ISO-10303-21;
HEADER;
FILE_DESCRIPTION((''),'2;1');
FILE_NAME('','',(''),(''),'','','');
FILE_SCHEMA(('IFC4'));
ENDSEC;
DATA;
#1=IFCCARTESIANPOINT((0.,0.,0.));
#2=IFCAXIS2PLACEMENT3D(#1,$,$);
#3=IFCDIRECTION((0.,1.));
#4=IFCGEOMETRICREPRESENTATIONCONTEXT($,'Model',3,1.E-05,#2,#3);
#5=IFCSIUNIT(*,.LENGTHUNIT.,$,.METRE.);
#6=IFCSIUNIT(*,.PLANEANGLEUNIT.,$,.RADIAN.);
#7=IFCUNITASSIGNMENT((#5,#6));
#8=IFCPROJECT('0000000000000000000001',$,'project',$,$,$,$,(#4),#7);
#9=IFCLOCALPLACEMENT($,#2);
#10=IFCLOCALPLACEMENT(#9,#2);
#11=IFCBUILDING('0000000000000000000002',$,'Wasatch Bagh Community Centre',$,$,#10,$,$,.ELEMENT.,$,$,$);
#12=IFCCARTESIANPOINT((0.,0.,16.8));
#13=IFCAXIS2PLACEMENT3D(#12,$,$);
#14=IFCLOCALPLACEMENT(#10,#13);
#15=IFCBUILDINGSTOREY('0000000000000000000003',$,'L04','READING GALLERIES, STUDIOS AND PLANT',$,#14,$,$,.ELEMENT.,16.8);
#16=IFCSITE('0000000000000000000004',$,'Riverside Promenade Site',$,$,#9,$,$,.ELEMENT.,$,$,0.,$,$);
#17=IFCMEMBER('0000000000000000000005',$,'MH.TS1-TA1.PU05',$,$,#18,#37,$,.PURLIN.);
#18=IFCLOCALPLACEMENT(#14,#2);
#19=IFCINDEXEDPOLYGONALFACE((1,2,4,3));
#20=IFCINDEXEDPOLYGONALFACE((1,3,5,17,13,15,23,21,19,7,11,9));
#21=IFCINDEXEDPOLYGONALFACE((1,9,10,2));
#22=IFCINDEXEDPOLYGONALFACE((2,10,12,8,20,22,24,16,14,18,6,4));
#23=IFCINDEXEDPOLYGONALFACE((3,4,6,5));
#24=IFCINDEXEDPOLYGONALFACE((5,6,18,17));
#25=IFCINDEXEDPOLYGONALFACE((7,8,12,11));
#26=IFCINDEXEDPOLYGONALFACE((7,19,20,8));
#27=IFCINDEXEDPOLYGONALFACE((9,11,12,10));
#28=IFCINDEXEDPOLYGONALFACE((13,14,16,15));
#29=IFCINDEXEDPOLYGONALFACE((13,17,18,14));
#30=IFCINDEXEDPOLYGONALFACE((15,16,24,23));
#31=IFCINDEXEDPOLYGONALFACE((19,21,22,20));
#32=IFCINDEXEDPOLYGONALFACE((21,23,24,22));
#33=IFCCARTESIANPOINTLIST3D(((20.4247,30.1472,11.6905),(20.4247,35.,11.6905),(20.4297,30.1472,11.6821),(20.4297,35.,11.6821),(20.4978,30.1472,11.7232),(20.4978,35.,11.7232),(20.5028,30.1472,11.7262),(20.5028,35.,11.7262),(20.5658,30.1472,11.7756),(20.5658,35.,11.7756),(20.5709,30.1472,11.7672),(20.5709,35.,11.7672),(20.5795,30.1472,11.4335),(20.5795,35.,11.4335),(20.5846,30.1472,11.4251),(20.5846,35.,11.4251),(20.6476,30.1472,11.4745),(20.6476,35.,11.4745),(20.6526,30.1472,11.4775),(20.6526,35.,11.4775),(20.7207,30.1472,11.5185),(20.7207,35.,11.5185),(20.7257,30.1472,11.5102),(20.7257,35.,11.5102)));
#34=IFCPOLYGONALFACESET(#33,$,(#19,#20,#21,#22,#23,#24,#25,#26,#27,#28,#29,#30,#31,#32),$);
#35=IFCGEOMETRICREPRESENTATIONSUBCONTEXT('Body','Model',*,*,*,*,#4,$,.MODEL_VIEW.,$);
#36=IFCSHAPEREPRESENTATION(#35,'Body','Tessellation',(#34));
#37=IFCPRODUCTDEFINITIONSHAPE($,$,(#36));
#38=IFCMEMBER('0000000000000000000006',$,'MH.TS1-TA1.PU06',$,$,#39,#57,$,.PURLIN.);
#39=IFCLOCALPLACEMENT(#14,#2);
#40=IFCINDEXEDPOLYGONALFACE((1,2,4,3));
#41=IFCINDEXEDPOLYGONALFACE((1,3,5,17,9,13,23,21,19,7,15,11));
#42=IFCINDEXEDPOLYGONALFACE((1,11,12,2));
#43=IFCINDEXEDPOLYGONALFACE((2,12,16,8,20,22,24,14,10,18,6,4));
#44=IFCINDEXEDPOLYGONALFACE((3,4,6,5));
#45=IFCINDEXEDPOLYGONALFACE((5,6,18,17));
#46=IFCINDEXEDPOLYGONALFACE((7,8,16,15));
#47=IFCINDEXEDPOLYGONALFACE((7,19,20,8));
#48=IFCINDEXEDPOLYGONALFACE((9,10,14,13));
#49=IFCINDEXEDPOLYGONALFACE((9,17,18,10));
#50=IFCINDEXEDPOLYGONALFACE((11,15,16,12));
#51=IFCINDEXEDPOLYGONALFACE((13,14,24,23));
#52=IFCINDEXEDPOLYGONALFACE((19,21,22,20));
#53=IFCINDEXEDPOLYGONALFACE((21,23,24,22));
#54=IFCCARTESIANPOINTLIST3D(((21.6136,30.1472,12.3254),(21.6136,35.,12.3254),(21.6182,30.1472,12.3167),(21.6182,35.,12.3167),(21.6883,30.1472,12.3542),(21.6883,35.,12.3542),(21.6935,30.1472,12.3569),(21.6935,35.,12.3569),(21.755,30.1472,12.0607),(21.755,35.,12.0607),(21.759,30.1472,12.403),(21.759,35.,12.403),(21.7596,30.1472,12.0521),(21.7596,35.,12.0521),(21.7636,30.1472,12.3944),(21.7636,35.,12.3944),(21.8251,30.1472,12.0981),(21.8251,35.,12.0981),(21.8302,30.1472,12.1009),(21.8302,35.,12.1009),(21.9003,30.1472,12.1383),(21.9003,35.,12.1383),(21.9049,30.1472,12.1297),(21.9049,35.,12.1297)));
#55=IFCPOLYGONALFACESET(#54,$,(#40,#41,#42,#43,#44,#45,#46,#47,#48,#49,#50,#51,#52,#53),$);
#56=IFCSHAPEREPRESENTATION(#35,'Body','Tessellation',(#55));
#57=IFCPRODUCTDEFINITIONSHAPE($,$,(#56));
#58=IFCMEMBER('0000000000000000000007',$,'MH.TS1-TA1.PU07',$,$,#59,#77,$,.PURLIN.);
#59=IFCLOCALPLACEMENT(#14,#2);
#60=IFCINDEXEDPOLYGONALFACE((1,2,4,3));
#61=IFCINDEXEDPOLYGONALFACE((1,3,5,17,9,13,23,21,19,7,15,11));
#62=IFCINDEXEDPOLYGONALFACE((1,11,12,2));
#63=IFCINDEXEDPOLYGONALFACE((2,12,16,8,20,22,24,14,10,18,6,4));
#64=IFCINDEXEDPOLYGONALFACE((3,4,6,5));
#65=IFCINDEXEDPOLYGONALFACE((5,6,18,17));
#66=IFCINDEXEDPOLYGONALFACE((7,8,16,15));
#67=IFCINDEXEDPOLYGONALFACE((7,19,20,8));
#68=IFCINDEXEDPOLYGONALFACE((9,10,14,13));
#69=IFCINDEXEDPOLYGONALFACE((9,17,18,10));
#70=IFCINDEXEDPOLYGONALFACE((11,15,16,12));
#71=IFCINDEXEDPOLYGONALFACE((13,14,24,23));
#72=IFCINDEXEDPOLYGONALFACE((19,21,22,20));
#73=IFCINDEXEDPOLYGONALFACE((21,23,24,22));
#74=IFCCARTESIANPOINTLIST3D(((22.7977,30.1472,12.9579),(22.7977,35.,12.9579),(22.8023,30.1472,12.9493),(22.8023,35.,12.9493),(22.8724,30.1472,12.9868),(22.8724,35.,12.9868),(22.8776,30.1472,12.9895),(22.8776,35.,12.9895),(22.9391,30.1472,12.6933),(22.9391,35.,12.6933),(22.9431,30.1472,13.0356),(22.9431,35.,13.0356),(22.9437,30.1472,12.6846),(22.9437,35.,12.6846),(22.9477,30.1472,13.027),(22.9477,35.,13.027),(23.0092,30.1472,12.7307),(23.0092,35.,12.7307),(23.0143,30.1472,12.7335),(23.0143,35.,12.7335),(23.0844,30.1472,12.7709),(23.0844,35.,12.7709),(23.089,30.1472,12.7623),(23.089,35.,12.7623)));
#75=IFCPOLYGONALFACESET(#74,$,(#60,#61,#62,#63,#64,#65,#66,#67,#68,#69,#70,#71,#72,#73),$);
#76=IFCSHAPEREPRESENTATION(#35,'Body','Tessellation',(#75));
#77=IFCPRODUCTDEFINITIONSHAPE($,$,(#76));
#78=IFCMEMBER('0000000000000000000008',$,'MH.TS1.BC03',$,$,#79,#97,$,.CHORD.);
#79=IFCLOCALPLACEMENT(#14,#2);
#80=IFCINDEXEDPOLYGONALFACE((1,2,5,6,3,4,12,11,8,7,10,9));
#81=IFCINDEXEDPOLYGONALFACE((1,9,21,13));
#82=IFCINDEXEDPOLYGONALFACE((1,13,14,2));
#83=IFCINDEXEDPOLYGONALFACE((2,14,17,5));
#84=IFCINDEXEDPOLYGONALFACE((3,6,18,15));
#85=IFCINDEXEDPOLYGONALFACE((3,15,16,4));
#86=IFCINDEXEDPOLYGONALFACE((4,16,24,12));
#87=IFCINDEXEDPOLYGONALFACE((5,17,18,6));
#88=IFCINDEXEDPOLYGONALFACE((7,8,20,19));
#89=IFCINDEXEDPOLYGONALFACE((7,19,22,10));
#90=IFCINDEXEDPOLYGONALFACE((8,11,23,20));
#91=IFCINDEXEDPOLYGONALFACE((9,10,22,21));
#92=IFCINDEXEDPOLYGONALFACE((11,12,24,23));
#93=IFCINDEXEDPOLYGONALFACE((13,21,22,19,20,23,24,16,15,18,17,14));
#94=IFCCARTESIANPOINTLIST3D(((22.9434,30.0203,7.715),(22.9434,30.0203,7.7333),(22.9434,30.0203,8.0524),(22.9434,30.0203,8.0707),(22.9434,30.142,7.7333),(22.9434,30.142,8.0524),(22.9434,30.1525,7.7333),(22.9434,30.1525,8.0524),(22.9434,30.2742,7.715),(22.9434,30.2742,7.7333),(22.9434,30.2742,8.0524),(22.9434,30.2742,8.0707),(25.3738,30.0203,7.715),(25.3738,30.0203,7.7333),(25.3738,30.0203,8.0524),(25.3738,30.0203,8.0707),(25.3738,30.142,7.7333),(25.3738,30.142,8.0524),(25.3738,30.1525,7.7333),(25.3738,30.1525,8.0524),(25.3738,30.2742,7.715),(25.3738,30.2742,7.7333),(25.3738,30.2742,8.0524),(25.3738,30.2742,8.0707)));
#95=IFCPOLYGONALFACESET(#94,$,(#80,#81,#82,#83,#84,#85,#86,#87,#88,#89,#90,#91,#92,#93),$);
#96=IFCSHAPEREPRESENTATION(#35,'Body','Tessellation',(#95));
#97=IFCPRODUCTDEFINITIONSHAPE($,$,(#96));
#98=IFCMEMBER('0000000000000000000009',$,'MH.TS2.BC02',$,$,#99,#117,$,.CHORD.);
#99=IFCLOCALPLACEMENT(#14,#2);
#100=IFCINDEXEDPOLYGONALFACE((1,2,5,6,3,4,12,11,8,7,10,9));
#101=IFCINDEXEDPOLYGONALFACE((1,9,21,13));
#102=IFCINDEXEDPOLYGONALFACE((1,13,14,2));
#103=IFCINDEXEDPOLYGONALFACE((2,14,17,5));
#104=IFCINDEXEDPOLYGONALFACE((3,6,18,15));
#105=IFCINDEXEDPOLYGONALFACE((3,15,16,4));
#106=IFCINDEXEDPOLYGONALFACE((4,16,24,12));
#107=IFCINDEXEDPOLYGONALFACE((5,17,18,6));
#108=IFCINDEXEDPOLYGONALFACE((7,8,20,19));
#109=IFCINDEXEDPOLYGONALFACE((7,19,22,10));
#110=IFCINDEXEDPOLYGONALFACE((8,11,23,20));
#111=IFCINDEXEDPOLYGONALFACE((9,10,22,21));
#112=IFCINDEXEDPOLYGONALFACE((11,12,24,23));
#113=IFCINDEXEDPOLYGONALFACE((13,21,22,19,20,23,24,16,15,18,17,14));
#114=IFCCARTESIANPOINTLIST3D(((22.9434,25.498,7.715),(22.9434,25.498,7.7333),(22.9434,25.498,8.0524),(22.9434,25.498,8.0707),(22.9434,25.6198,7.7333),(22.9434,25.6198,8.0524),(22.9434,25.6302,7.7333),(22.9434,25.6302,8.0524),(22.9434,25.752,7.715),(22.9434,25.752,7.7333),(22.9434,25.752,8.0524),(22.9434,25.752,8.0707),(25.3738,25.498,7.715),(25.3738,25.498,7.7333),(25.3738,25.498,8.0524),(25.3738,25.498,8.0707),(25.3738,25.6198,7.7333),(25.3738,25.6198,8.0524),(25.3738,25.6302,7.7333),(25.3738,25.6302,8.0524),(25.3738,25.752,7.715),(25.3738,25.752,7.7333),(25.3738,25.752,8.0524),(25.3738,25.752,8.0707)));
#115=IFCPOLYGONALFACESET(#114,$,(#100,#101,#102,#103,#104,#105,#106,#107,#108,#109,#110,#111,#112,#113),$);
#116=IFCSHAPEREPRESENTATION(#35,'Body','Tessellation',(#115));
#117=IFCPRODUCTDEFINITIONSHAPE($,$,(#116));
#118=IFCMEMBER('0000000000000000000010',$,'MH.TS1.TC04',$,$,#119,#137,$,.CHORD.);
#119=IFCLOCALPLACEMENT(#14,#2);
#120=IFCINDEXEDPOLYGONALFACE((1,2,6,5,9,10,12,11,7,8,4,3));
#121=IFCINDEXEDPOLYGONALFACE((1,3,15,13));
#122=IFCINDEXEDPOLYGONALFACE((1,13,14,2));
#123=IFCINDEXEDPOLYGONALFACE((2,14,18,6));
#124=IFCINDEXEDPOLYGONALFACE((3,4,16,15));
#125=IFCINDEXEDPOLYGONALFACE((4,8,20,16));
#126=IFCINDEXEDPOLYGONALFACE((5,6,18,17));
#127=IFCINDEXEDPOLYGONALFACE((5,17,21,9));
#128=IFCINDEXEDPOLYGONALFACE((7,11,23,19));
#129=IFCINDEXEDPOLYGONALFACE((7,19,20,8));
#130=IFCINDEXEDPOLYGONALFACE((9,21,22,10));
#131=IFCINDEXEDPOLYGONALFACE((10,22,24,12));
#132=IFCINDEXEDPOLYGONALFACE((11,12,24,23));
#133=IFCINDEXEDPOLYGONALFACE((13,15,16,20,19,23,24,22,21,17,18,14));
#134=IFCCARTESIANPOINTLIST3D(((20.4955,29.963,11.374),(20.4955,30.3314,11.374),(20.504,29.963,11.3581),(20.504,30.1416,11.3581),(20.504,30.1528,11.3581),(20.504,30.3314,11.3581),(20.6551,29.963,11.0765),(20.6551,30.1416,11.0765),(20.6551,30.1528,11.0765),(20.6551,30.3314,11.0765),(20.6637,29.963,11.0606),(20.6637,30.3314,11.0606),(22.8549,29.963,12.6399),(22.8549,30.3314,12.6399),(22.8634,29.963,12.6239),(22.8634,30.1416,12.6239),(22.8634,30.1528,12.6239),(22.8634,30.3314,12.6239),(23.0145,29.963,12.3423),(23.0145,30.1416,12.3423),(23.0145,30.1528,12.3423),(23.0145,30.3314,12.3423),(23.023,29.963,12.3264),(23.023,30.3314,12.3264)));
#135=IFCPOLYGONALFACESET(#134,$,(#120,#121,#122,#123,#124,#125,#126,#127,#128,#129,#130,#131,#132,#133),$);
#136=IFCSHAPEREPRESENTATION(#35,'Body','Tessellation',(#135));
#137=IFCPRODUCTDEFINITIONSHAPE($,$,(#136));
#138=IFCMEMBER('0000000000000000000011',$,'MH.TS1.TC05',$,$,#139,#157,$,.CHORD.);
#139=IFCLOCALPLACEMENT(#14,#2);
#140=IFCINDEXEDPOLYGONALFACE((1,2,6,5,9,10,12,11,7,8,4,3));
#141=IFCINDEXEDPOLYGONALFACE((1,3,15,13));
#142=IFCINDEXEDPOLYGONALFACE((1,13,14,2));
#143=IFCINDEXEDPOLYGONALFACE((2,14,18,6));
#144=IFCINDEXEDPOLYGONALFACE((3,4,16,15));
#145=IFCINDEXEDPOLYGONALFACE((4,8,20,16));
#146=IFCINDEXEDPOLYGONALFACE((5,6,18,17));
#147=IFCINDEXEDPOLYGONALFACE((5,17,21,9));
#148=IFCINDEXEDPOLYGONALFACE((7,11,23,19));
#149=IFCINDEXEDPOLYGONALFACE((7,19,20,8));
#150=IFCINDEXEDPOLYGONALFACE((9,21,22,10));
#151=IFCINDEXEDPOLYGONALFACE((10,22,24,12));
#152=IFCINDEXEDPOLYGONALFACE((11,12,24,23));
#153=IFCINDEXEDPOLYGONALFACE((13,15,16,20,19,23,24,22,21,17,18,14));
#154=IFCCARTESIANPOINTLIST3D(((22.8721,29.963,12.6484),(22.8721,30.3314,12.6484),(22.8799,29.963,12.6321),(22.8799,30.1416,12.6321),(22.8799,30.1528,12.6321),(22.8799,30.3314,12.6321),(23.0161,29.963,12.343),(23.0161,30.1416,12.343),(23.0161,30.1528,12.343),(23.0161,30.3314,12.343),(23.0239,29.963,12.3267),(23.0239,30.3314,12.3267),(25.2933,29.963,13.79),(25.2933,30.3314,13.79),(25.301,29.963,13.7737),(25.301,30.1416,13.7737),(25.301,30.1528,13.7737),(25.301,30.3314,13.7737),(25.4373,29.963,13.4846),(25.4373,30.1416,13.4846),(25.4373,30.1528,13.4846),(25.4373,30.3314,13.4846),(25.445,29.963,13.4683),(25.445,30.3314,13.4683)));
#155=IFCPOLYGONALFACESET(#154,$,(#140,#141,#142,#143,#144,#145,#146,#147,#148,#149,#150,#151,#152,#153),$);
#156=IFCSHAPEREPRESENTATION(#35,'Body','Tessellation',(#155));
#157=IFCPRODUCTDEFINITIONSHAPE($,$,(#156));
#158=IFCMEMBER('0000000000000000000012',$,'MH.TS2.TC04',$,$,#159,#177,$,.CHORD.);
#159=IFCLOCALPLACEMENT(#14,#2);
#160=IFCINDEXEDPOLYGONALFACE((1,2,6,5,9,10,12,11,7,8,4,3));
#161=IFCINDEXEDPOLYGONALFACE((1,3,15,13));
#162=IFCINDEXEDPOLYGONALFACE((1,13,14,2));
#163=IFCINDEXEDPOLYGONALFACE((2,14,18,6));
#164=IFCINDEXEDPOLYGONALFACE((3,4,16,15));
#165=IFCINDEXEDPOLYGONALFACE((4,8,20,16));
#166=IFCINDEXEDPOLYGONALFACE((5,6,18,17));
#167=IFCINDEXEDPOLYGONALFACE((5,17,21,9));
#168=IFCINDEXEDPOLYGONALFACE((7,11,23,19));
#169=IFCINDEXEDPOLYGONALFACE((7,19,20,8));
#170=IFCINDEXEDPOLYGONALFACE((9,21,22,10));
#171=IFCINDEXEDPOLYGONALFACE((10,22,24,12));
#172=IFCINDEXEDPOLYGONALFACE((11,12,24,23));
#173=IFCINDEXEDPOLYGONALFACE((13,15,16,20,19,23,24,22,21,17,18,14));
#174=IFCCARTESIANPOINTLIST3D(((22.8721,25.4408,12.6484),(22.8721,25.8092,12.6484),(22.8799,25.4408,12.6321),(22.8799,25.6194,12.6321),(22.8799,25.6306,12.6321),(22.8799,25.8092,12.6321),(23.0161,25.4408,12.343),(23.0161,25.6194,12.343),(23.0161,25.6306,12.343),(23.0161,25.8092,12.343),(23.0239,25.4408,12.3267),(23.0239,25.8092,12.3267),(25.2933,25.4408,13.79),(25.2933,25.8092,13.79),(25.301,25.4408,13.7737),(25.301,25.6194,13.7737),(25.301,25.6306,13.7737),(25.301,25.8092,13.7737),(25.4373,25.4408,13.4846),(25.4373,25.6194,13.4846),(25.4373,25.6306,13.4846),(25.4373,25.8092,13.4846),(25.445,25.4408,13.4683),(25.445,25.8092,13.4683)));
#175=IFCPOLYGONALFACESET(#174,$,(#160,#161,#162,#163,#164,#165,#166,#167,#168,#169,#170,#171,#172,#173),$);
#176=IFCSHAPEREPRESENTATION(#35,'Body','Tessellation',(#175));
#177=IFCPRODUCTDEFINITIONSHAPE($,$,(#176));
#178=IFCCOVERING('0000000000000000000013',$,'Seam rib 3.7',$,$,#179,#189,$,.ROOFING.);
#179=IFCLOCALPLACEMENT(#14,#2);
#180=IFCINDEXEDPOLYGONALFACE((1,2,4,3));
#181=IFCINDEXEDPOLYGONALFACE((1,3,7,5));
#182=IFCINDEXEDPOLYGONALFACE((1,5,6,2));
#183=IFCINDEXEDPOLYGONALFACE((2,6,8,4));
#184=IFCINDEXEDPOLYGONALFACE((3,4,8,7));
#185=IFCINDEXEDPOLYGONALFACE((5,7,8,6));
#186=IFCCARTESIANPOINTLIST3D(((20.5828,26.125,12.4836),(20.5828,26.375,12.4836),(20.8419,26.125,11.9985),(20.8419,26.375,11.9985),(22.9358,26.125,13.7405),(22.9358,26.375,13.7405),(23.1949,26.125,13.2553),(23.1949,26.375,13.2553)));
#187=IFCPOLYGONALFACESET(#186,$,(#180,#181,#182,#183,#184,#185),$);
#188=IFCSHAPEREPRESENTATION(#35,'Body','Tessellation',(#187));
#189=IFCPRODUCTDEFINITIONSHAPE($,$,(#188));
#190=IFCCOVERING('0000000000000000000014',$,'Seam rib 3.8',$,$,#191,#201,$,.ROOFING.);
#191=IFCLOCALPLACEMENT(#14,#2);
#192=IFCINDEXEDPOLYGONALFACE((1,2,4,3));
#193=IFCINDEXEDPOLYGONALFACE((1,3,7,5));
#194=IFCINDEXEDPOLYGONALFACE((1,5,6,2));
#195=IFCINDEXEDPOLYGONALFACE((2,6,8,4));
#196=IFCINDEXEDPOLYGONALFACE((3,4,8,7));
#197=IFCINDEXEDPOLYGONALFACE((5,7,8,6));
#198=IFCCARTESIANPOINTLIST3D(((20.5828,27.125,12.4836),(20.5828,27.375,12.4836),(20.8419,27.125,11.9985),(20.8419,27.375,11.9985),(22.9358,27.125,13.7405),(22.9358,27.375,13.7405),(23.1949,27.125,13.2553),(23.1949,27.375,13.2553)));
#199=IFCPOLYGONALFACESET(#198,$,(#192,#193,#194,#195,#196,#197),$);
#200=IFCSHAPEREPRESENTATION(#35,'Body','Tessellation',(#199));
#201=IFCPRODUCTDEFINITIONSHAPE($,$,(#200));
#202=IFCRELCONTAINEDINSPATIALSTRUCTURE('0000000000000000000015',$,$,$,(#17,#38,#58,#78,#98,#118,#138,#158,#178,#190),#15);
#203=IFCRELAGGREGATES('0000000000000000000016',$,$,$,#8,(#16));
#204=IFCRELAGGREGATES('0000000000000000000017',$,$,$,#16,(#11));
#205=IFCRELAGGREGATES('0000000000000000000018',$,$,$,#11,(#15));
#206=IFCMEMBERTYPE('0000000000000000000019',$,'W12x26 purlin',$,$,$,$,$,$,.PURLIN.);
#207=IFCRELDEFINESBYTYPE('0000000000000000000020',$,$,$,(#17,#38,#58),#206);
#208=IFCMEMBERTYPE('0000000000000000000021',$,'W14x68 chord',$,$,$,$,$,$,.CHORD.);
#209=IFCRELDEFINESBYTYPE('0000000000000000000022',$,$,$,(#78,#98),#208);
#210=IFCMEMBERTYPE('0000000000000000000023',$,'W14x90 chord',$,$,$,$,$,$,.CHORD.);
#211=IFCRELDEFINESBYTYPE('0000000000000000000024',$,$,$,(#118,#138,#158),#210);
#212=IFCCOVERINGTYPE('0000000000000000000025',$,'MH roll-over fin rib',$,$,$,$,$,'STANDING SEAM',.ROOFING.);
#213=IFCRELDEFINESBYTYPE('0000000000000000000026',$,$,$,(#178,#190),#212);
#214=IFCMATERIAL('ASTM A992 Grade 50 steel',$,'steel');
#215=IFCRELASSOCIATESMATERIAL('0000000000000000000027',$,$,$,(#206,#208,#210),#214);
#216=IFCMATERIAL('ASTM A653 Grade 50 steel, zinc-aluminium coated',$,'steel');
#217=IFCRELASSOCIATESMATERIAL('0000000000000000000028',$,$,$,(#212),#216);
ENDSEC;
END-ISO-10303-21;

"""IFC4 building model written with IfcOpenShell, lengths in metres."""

from ifc_helpers import new_model, si_unit, direction, frame, origin, origin_2d, place, context, subcontext, project, spatial, polyline, i_section, outline, extrude, material, material_profile, profile_set, type_object, element, save


model = new_model("IFC4")

# Units and contexts
model_context = context("Model", 3, precision=1e-05, world=origin(), true_north=direction((0.0, 1.0)))
body_context = subcontext(model_context, "Body", "Model", "MODEL_VIEW")
ifc_project = project(units=[si_unit("LENGTHUNIT", "METRE"), si_unit("PLANEANGLEUNIT", "RADIAN")], contexts=[model_context])

# Site, building, storey
site_placement = place(None, origin())
site = spatial("IfcSite", under=ifc_project, at=site_placement, Name="Riverside Promenade Site", CompositionType="ELEMENT", RefElevation=0.0)
building_placement = place(site_placement, origin())
building = spatial("IfcBuilding", under=site, at=building_placement, Name="Wasatch Bagh Community Centre", CompositionType="ELEMENT")
storey_placement = place(building_placement, frame((0.0, 0.0, 16.8)))
storey = spatial("IfcBuildingStorey", under=building, at=storey_placement, Name="L04", Description="READING GALLERIES, STUDIOS AND PLANT", CompositionType="ELEMENT", Elevation=16.8)

# Members
ifc_material_1 = material(Name="ASTM A992 Grade 50 steel", Category="steel")
ifc_material_profile_1 = material_profile(ifc_material_1, i_section(OverallWidth=0.1648, OverallDepth=0.3098, WebThickness=0.0059, FlangeThickness=0.0098, at=origin_2d()), Name="W12x26")
ifc_profile_set_1 = profile_set([ifc_material_profile_1], Name="ASTM A992 Grade 50 steel")
member_type_1 = type_object("IfcMemberType", Name="W12x26 purlin", PredefinedType="PURLIN", material=ifc_profile_set_1)
for number, where, z_axis, x_axis, name in (
    (1, (20.5752, 30.1472, 11.6003), (0.0, 1.0, 0.0), (-0.856568, 0.0, -0.516034), "MH.TS1-TA1.PU05"),
    (2, (21.7593, 30.1472, 12.2275), (0.0, 1.0, 0.0), (-0.882062, 0.0, -0.471133), "MH.TS1-TA1.PU06"),
    (3, (22.9434, 30.1472, 12.8601), (0.0, 1.0, 0.0), (-0.882062, 0.0, -0.471133), "MH.TS1-TA1.PU07"),
):
    element("IfcMember", number, at=place(storey_placement, frame(where, z_axis=z_axis, x_axis=x_axis)), inside=storey, type_object=member_type_1, Name=name, PredefinedType="PURLIN", context=body_context, shape_type="SweptSolid", body=[
        extrude(i_section(OverallWidth=0.1648, OverallDepth=0.3098, WebThickness=0.0059, FlangeThickness=0.0098, at=origin_2d()), origin(), (0.0, 0.0, 1.0), 4.8528),
    ])
ifc_material_profile_2 = material_profile(ifc_material_1, i_section(OverallWidth=0.2539, OverallDepth=0.3557, WebThickness=0.0105, FlangeThickness=0.0183, at=origin_2d()), Name="W14x68")
ifc_profile_set_2 = profile_set([ifc_material_profile_2], Name="ASTM A992 Grade 50 steel")
member_type_2 = type_object("IfcMemberType", Name="W14x68 chord", PredefinedType="CHORD", material=ifc_profile_set_2)
for number, where, z_axis, x_axis, name in (
    (4, (22.9434, 30.1472, 7.8928), (1.0, 0.0, 0.0), (0.0, 1.0, 0.0), "MH.TS1.BC03"),
    (5, (22.9434, 25.625, 7.8928), (1.0, 0.0, 0.0), (0.0, 1.0, 0.0), "MH.TS2.BC02"),
):
    element("IfcMember", number, at=place(storey_placement, frame(where, z_axis=z_axis, x_axis=x_axis)), inside=storey, type_object=member_type_2, Name=name, PredefinedType="CHORD", context=body_context, shape_type="SweptSolid", body=[
        extrude(i_section(OverallWidth=0.2539, OverallDepth=0.3557, WebThickness=0.0105, FlangeThickness=0.0183, at=origin_2d()), origin(), (0.0, 0.0, 1.0), 2.4304),
    ])
ifc_material_profile_3 = material_profile(ifc_material_1, i_section(OverallWidth=0.3684, OverallDepth=0.3557, WebThickness=0.0112, FlangeThickness=0.0181, at=origin_2d()), Name="W14x90")
ifc_profile_set_3 = profile_set([ifc_material_profile_3], Name="ASTM A992 Grade 50 steel")
member_type_3 = type_object("IfcMemberType", Name="W14x90 chord", PredefinedType="CHORD", material=ifc_profile_set_3)
member_1_placement = place(storey_placement, frame((20.5796, 30.1472, 11.2173), z_axis=(0.881182, 0.0, 0.472778), x_axis=(0.0, 1.0, 0.0)))
element("IfcMember", 6, at=member_1_placement, inside=storey, type_object=member_type_3, Name="MH.TS1.TC04", PredefinedType="CHORD", context=body_context, shape_type="SweptSolid", body=[
    extrude(i_section(OverallWidth=0.3684, OverallDepth=0.3557, WebThickness=0.0112, FlangeThickness=0.0181, at=origin_2d()), origin(), (0.0, 0.0, 1.0), 2.6775),
])
for number, where, z_axis, x_axis, name in (
    (7, (22.948, 30.1472, 12.4875), (0.904496, 0.0, 0.426482), (0.0, 1.0, 0.0), "MH.TS1.TC05"),
    (8, (22.948, 25.625, 12.4875), (0.904496, 0.0, 0.426482), (0.0, 1.0, 0.0), "MH.TS2.TC04"),
):
    element("IfcMember", number, at=place(storey_placement, frame(where, z_axis=z_axis, x_axis=x_axis)), inside=storey, type_object=member_type_3, Name=name, PredefinedType="CHORD", context=body_context, shape_type="SweptSolid", body=[
        extrude(i_section(OverallWidth=0.3684, OverallDepth=0.3557, WebThickness=0.0112, FlangeThickness=0.0181, at=origin_2d()), origin(), (0.0, 0.0, 1.0), 2.6768),
    ])

# Coverings
ifc_material_2 = material(Name="ASTM A653 Grade 50 steel, zinc-aluminium coated", Category="steel")
covering_type = type_object("IfcCoveringType", Name="MH roll-over fin rib", ElementType="STANDING SEAM", PredefinedType="ROOFING", material=ifc_material_2)
for number, where, z_axis, x_axis, name in (
    (9, (20.5828, 26.125, 12.4836), (-0.471139, 0.0, 0.882059), (0.882059, 0.0, 0.471139), "Seam rib 3.7"),
    (10, (20.5828, 27.125, 12.4836), (-0.471139, 0.0, 0.882059), (0.882059, 0.0, 0.471139), "Seam rib 3.8"),
):
    element("IfcCovering", number, at=place(storey_placement, frame(where, z_axis=z_axis, x_axis=x_axis)), inside=storey, type_object=covering_type, Name=name, PredefinedType="ROOFING", context=body_context, shape_type="SweptSolid", body=[
        extrude(outline(polyline([(0.0, 0.0), (2.6677, 0.0), (2.6677, 0.25), (0.0, 0.25), (0.0, 0.0)])), origin(), (0.0, 0.0, -1.0), 0.55),
    ])

save(model, "model.ifc")
